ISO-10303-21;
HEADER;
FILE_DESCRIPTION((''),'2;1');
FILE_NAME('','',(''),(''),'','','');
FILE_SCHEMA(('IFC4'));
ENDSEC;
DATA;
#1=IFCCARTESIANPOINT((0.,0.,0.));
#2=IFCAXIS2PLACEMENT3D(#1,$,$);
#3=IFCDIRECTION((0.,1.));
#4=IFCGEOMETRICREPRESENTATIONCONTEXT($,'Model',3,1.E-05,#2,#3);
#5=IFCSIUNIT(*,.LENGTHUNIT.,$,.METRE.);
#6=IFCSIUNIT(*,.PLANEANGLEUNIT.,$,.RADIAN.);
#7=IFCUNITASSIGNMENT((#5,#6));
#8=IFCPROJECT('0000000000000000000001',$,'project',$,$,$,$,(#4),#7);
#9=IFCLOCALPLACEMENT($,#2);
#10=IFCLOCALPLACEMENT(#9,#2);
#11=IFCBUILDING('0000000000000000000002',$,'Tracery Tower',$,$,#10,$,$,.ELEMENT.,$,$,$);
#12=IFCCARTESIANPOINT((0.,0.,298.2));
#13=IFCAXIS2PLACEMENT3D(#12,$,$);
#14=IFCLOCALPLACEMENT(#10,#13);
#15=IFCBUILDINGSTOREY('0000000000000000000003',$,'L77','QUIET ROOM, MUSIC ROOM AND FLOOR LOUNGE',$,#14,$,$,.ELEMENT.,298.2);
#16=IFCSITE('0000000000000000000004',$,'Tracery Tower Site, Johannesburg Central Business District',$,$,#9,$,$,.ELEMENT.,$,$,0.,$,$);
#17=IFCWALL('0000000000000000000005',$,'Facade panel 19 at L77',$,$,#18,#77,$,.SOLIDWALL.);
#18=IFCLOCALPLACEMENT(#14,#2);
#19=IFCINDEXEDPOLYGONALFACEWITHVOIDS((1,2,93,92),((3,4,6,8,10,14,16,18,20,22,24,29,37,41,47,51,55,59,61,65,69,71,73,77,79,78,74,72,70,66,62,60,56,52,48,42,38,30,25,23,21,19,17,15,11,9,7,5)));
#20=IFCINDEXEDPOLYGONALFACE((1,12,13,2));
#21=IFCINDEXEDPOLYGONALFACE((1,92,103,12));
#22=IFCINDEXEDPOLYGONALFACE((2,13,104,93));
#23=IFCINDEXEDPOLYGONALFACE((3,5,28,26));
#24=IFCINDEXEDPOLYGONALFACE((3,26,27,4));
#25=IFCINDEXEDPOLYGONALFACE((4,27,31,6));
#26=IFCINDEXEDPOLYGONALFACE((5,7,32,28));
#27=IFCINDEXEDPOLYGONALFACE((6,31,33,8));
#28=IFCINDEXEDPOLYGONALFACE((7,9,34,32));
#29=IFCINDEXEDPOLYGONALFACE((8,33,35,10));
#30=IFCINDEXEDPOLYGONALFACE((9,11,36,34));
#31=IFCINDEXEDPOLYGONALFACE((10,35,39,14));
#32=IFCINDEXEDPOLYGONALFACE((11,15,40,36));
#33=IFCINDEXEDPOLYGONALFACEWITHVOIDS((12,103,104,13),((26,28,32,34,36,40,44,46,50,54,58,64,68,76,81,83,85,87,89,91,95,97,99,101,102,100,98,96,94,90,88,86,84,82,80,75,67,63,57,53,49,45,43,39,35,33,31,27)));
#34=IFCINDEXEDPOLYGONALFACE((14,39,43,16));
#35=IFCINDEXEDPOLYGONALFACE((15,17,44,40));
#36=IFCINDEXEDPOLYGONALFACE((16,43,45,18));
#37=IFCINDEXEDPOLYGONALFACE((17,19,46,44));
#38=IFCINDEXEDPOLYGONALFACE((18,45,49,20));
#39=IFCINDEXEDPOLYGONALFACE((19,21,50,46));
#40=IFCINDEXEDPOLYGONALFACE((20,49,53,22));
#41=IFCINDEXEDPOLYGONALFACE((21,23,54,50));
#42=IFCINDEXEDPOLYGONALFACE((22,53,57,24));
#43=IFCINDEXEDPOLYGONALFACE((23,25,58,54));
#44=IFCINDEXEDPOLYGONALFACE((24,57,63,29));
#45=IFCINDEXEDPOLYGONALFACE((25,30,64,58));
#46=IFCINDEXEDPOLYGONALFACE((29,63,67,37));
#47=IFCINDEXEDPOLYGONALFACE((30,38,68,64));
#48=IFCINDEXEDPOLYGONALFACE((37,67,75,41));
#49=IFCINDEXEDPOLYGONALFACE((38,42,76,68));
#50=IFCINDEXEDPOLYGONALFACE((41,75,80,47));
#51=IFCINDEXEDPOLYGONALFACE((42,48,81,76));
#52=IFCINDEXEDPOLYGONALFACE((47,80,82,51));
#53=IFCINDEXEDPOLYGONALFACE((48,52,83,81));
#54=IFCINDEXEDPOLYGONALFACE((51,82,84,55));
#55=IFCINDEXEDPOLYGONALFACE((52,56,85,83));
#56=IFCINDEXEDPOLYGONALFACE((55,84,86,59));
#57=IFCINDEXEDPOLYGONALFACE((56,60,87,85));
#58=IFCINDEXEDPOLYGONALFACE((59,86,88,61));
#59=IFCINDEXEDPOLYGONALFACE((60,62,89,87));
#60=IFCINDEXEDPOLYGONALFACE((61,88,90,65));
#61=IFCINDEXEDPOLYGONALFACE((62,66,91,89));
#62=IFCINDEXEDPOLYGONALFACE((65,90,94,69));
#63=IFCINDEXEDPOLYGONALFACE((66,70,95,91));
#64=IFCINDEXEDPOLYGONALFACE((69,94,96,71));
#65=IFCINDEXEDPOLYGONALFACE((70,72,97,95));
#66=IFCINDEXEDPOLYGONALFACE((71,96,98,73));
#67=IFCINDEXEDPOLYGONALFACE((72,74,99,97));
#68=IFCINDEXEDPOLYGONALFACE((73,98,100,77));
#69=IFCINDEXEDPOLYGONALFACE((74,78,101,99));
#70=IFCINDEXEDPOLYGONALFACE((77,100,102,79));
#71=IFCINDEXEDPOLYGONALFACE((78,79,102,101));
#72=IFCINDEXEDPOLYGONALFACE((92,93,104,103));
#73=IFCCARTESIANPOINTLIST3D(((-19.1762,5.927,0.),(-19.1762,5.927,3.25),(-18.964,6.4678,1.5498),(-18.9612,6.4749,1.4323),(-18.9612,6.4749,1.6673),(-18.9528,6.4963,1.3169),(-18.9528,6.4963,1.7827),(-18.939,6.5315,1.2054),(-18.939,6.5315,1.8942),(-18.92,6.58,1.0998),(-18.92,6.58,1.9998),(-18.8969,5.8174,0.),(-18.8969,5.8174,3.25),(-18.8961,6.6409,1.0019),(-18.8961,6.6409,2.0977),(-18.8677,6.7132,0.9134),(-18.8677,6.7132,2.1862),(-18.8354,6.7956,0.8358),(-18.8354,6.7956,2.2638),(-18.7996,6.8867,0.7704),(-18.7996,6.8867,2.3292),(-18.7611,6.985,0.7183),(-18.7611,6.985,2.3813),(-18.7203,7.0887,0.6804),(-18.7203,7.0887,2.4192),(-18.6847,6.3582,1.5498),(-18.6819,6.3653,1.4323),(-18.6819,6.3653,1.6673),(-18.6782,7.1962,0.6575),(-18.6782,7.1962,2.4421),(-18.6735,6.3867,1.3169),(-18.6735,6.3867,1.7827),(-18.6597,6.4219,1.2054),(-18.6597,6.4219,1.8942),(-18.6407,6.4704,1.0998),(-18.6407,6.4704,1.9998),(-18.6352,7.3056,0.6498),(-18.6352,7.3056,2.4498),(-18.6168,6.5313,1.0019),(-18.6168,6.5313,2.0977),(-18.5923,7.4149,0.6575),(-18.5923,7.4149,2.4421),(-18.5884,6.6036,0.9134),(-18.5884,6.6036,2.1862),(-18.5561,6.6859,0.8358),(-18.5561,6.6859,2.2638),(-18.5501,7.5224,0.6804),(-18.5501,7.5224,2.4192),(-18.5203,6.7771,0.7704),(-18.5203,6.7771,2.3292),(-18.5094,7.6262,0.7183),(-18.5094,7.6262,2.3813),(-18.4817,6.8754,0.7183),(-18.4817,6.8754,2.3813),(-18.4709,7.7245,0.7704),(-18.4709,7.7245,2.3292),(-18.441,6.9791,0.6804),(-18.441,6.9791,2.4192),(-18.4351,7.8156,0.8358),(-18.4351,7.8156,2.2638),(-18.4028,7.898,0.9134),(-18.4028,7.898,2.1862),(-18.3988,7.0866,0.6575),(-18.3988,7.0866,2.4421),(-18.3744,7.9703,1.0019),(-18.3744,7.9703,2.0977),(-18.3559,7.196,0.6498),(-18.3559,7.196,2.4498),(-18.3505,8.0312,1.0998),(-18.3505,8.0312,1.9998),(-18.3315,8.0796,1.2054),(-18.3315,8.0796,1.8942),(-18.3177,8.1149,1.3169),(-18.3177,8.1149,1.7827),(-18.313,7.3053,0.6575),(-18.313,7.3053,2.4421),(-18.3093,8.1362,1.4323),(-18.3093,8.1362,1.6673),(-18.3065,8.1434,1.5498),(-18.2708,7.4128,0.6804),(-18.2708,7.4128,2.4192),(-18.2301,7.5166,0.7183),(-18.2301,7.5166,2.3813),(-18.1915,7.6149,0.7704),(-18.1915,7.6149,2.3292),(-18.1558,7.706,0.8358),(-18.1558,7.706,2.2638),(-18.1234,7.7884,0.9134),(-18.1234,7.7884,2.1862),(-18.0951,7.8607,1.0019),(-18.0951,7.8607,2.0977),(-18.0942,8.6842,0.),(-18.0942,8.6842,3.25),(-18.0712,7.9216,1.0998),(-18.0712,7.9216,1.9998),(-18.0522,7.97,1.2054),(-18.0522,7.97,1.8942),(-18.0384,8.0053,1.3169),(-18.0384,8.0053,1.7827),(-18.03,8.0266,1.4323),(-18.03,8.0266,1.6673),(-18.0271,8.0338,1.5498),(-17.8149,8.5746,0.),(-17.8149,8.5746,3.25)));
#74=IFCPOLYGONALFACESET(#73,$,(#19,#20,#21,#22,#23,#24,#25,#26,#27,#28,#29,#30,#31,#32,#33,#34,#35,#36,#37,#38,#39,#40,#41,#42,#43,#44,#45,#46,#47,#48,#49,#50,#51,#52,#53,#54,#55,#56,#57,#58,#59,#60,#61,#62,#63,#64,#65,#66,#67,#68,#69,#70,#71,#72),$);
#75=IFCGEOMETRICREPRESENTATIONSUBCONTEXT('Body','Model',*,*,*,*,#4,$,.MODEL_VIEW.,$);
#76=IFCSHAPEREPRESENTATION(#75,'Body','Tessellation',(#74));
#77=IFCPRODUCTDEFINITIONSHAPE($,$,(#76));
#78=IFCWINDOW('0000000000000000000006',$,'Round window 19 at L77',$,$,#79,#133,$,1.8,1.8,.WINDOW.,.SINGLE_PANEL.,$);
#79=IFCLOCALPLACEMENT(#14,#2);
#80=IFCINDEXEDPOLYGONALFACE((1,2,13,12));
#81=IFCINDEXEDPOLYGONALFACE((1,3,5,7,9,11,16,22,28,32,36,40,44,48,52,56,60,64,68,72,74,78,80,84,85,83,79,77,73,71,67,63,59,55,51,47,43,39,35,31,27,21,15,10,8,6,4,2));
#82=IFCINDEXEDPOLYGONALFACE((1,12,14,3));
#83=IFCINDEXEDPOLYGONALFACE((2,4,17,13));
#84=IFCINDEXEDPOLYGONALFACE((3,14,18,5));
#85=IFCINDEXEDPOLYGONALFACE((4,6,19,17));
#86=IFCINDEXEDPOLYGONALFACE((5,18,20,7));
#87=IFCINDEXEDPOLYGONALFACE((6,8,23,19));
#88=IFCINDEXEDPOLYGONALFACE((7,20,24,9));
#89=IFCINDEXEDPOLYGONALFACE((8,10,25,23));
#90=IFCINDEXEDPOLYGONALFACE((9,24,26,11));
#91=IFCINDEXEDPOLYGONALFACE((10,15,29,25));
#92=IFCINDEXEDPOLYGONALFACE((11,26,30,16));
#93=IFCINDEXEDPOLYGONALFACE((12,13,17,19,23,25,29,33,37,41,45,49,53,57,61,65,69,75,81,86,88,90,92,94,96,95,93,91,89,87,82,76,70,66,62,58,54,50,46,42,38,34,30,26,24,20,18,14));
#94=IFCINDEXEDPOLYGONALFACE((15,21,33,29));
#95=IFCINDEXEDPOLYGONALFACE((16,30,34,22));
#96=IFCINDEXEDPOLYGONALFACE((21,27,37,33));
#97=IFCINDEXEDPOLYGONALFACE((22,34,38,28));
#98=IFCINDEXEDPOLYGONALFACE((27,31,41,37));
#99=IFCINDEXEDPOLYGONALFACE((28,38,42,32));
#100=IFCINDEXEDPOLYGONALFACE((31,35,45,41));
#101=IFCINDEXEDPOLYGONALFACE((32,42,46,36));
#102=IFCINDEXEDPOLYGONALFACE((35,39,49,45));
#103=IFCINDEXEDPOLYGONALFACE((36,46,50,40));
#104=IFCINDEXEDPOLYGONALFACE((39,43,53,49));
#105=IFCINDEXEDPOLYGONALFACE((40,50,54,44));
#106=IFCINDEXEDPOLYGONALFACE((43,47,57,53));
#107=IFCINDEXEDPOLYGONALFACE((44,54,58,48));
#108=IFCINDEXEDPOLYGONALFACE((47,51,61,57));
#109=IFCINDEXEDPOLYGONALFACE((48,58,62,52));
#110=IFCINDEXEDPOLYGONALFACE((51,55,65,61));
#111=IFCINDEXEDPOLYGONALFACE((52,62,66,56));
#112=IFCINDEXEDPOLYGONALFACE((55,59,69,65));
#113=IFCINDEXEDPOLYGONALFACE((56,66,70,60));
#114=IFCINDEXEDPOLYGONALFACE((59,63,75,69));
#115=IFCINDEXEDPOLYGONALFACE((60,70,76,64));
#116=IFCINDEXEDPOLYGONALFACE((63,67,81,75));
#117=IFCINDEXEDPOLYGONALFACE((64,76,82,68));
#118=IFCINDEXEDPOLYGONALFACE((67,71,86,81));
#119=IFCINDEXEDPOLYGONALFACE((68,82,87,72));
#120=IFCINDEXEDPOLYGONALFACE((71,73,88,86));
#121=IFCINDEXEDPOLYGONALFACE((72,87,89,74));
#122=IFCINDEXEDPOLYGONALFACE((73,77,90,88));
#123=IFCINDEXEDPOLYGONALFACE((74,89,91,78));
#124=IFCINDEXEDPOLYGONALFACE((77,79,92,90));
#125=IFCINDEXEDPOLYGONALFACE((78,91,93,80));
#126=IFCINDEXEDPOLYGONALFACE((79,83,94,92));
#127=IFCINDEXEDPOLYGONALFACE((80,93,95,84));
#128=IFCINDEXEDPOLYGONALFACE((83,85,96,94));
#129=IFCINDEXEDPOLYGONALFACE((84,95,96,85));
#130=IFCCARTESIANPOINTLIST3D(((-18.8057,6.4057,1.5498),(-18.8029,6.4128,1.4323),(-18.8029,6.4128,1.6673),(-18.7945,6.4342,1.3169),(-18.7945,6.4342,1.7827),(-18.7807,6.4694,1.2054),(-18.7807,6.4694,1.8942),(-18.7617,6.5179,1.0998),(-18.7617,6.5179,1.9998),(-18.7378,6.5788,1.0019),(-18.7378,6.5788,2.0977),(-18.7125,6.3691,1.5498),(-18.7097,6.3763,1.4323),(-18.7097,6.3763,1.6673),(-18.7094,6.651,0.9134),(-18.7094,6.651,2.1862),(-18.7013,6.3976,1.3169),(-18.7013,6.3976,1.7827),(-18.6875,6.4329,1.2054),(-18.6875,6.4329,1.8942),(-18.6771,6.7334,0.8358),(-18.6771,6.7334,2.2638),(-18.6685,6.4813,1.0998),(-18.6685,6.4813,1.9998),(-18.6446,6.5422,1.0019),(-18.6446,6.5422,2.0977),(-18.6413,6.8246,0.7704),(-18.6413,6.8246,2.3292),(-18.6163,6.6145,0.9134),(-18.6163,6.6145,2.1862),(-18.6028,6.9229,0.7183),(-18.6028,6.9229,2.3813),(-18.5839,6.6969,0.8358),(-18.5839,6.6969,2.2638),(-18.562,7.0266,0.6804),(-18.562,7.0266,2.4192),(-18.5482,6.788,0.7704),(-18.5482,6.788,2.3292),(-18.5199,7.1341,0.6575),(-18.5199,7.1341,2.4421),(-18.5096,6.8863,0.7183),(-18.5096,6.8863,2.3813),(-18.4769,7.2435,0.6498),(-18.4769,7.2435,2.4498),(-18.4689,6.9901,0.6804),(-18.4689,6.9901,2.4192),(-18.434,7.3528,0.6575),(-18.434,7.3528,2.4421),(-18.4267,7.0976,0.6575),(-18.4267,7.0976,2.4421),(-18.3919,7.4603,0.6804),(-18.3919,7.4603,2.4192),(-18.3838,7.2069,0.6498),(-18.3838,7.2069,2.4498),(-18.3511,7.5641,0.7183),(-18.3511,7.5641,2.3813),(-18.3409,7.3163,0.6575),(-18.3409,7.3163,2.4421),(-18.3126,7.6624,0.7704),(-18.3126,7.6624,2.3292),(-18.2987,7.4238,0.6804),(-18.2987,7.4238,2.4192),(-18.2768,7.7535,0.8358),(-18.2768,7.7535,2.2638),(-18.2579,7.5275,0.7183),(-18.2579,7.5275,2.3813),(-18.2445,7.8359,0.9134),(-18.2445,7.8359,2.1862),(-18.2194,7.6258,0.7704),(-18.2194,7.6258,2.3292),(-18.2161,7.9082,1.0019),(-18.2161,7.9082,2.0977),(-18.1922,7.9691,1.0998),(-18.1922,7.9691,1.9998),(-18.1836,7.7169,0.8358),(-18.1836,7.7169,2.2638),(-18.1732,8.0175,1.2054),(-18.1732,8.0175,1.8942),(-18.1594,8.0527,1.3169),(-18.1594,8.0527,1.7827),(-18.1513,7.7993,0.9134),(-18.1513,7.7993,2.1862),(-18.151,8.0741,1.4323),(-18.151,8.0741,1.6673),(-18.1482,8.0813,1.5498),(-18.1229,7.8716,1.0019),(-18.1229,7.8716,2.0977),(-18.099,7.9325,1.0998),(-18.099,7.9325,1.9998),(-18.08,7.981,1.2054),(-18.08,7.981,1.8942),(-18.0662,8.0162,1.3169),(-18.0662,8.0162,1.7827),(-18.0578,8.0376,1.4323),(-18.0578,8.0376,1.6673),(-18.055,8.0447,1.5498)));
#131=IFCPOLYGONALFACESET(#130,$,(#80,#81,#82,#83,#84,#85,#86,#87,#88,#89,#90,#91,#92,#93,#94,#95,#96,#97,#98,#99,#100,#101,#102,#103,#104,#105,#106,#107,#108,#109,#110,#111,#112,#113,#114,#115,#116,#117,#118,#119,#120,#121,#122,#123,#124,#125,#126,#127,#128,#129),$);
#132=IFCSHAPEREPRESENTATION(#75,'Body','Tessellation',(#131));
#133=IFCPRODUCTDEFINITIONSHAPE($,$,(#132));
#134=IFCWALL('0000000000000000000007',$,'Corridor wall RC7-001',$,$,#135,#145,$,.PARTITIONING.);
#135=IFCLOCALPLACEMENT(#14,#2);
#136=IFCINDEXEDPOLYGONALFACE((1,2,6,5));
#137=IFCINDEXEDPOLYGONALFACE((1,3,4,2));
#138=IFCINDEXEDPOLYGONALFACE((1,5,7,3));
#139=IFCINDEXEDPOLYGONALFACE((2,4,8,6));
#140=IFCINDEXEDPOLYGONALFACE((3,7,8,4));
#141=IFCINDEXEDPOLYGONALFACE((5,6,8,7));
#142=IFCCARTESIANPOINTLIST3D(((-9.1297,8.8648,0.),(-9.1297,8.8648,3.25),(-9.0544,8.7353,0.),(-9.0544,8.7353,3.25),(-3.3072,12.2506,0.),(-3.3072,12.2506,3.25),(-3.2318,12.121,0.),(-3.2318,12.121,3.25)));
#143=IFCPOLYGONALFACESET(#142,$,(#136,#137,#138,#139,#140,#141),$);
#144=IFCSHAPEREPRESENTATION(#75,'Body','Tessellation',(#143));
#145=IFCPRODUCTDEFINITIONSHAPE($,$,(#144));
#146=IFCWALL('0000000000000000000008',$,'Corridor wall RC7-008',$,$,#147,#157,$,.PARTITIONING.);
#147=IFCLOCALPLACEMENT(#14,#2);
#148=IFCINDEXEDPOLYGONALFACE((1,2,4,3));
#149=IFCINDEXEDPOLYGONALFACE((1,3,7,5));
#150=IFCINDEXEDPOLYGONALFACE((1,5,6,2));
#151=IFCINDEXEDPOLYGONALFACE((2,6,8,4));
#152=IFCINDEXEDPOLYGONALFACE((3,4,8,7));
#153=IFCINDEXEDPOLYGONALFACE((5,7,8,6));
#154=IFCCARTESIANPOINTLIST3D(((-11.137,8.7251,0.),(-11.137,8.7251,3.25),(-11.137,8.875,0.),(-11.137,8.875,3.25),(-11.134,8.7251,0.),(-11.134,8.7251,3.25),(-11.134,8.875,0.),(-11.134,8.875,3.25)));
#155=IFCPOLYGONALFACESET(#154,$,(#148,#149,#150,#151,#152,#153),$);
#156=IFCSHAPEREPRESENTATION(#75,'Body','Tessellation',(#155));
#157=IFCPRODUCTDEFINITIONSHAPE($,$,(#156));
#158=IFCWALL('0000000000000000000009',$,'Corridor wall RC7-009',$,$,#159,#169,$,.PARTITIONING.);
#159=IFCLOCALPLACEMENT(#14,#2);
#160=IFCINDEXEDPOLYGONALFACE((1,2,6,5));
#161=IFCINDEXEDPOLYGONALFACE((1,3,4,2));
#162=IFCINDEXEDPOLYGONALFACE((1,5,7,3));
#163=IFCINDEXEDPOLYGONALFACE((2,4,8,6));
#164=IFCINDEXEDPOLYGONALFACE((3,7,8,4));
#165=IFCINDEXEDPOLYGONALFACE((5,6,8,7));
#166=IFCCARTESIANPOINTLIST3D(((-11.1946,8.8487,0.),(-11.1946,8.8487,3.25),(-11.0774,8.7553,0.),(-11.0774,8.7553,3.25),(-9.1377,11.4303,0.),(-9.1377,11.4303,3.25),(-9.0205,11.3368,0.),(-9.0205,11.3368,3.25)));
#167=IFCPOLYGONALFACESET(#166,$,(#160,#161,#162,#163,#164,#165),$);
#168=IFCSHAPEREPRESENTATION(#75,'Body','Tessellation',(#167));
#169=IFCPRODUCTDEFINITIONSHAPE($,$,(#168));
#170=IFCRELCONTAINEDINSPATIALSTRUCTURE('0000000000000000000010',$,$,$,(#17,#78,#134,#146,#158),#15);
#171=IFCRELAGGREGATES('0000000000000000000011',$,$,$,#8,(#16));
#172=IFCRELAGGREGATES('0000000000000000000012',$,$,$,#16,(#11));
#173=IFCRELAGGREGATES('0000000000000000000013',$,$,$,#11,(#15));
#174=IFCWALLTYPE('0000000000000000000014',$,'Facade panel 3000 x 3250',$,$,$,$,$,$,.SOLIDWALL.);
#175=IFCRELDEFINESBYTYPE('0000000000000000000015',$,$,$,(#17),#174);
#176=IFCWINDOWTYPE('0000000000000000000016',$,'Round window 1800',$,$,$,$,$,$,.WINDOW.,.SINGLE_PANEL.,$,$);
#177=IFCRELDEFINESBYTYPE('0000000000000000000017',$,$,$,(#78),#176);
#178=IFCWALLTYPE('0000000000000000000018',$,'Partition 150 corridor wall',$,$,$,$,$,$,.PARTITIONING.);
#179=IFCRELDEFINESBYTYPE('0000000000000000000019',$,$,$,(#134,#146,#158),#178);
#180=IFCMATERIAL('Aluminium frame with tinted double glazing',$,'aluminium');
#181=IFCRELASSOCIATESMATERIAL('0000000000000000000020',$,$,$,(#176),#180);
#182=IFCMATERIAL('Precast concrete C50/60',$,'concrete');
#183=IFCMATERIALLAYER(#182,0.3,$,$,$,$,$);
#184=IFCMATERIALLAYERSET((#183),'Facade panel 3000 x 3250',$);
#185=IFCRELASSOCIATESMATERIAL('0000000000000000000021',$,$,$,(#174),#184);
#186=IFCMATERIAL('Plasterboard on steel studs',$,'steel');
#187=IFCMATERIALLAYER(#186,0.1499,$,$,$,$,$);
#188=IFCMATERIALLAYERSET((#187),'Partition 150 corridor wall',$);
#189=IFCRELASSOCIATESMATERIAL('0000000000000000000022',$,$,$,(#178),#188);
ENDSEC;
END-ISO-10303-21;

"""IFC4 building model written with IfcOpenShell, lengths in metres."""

from ifc_helpers import new_model, si_unit, direction, frame, frame_2d, origin, origin_2d, place, context, subcontext, project, spatial, rectangle, circle, extrude, material, layer, layer_set, type_object, element, fill, save


model = new_model("IFC4")

# Units and contexts
model_context = context("Model", 3, precision=1e-05, world=origin(), true_north=direction((0.0, 1.0)))
body_context = subcontext(model_context, "Body", "Model", "MODEL_VIEW")
ifc_project = project(units=[si_unit("LENGTHUNIT", "METRE"), si_unit("PLANEANGLEUNIT", "RADIAN")], contexts=[model_context])

# Site, building, storey
site_placement = place(None, origin())
site = spatial("IfcSite", under=ifc_project, at=site_placement, Name="Tracery Tower Site, Johannesburg Central Business District", CompositionType="ELEMENT", RefElevation=0.0)
building_placement = place(site_placement, origin())
building = spatial("IfcBuilding", under=site, at=building_placement, Name="Tracery Tower", CompositionType="ELEMENT")
storey_placement = place(building_placement, frame((0.0, 0.0, 298.2)))
storey = spatial("IfcBuildingStorey", under=building, at=storey_placement, Name="L77", Description="QUIET ROOM, MUSIC ROOM AND FLOOR LOUNGE", CompositionType="ELEMENT", Elevation=298.2)

# Wall, opening, window
ifc_material_1 = material(Name="Aluminium frame with tinted double glazing", Category="aluminium")
window_type = type_object("IfcWindowType", Name="Round window 1800", PartitioningType="SINGLE_PANEL", PredefinedType="WINDOW", material=ifc_material_1)
ifc_material_2 = material(Name="Precast concrete C50/60", Category="concrete")
ifc_layer_1 = layer(ifc_material_2, 0.3)
ifc_layer_set_1 = layer_set([ifc_layer_1], Name="Facade panel 3000 x 3250")
wall_type_1 = type_object("IfcWallType", Name="Facade panel 3000 x 3250", PredefinedType="SOLIDWALL", material=ifc_layer_set_1)
wall_1_placement = place(storey_placement, frame((-17.9546, 8.6294, 0.0), z_axis=(0.0, 0.0, 1.0), x_axis=(-0.3653, -0.93089, 0.0)))
wall_1 = element("IfcWall", 1, at=wall_1_placement, inside=storey, type_object=wall_type_1, Name="Facade panel 19 at L77", PredefinedType="SOLIDWALL", context=body_context, shape_type="SweptSolid", body=[
    extrude(rectangle(XDim=2.9619, YDim=0.3, at=frame_2d((1.481, 0.0))), origin(), (0.0, 0.0, 1.0), 3.25),
])
opening_1_placement = place(wall_1_placement, frame((1.481, 0.0, 1.5498)))
opening_1 = element("IfcOpeningElement", 2, at=opening_1_placement, cuts=wall_1, PredefinedType="OPENING", context=body_context, shape_type="SweptSolid", body=[
    extrude(circle(Radius=0.9, at=origin_2d()), frame((0.0, 0.1599, 0.0), z_axis=(0.0, -1.0, 0.0), x_axis=(1.0, 0.0, 0.0)), (0.0, 0.0, 1.0), 0.3201),
])
window_1_placement = place(opening_1_placement, origin())
window_1 = element("IfcWindow", 3, at=window_1_placement, inside=storey, type_object=window_type, Name="Round window 19 at L77", OverallHeight=1.8, OverallWidth=1.8, PartitioningType="SINGLE_PANEL", PredefinedType="WINDOW", context=body_context, shape_type="SweptSolid", body=[
    extrude(circle(Radius=0.9, at=origin_2d()), frame((0.0, 0.1201, 0.0), z_axis=(0.0, -1.0, 0.0), x_axis=(1.0, 0.0, 0.0)), (0.0, 0.0, 1.0), 0.1001),
])
fill(opening_1, window_1)

# Walls
ifc_material_3 = material(Name="Plasterboard on steel studs", Category="steel")
ifc_layer_2 = layer(ifc_material_3, 0.1499)
ifc_layer_set_2 = layer_set([ifc_layer_2], Name="Partition 150 corridor wall")
wall_type_2 = type_object("IfcWallType", Name="Partition 150 corridor wall", PredefinedType="PARTITIONING", material=ifc_layer_set_2)
wall_2_placement = place(storey_placement, frame((-9.092, 8.8, 0.0), z_axis=(0.0, 0.0, 1.0), x_axis=(0.864471, 0.502683, 0.0)))
element("IfcWall", 4, at=wall_2_placement, inside=storey, type_object=wall_type_2, Name="Corridor wall RC7-001", PredefinedType="PARTITIONING", context=body_context, shape_type="SweptSolid", body=[
    extrude(rectangle(XDim=6.7354, YDim=0.1499, at=frame_2d((3.3677, 0.0))), origin(), (0.0, 0.0, 1.0), 3.25),
])
wall_3_placement = place(storey_placement, frame((-11.134, 8.8, 0.0), z_axis=(0.0, 0.0, 1.0), x_axis=(-1.0, 0.0, 0.0)))
element("IfcWall", 5, at=wall_3_placement, inside=storey, type_object=wall_type_2, Name="Corridor wall RC7-008", PredefinedType="PARTITIONING", context=body_context, shape_type="SweptSolid", body=[
    extrude(rectangle(XDim=0.0029, YDim=0.1499, at=frame_2d((0.0015, 0.0))), origin(), (0.0, 0.0, 1.0), 3.25),
])
wall_4_placement = place(storey_placement, frame((-11.136, 8.802, 0.0), z_axis=(0.0, 0.0, 1.0), x_axis=(0.623151, 0.782101, 0.0)))
element("IfcWall", 6, at=wall_4_placement, inside=storey, type_object=wall_type_2, Name="Corridor wall RC7-009", PredefinedType="PARTITIONING", context=body_context, shape_type="SweptSolid", body=[
    extrude(rectangle(XDim=3.3008, YDim=0.1499, at=frame_2d((1.6504, 0.0))), origin(), (0.0, 0.0, 1.0), 3.25),
])

save(model, "model.ifc")
